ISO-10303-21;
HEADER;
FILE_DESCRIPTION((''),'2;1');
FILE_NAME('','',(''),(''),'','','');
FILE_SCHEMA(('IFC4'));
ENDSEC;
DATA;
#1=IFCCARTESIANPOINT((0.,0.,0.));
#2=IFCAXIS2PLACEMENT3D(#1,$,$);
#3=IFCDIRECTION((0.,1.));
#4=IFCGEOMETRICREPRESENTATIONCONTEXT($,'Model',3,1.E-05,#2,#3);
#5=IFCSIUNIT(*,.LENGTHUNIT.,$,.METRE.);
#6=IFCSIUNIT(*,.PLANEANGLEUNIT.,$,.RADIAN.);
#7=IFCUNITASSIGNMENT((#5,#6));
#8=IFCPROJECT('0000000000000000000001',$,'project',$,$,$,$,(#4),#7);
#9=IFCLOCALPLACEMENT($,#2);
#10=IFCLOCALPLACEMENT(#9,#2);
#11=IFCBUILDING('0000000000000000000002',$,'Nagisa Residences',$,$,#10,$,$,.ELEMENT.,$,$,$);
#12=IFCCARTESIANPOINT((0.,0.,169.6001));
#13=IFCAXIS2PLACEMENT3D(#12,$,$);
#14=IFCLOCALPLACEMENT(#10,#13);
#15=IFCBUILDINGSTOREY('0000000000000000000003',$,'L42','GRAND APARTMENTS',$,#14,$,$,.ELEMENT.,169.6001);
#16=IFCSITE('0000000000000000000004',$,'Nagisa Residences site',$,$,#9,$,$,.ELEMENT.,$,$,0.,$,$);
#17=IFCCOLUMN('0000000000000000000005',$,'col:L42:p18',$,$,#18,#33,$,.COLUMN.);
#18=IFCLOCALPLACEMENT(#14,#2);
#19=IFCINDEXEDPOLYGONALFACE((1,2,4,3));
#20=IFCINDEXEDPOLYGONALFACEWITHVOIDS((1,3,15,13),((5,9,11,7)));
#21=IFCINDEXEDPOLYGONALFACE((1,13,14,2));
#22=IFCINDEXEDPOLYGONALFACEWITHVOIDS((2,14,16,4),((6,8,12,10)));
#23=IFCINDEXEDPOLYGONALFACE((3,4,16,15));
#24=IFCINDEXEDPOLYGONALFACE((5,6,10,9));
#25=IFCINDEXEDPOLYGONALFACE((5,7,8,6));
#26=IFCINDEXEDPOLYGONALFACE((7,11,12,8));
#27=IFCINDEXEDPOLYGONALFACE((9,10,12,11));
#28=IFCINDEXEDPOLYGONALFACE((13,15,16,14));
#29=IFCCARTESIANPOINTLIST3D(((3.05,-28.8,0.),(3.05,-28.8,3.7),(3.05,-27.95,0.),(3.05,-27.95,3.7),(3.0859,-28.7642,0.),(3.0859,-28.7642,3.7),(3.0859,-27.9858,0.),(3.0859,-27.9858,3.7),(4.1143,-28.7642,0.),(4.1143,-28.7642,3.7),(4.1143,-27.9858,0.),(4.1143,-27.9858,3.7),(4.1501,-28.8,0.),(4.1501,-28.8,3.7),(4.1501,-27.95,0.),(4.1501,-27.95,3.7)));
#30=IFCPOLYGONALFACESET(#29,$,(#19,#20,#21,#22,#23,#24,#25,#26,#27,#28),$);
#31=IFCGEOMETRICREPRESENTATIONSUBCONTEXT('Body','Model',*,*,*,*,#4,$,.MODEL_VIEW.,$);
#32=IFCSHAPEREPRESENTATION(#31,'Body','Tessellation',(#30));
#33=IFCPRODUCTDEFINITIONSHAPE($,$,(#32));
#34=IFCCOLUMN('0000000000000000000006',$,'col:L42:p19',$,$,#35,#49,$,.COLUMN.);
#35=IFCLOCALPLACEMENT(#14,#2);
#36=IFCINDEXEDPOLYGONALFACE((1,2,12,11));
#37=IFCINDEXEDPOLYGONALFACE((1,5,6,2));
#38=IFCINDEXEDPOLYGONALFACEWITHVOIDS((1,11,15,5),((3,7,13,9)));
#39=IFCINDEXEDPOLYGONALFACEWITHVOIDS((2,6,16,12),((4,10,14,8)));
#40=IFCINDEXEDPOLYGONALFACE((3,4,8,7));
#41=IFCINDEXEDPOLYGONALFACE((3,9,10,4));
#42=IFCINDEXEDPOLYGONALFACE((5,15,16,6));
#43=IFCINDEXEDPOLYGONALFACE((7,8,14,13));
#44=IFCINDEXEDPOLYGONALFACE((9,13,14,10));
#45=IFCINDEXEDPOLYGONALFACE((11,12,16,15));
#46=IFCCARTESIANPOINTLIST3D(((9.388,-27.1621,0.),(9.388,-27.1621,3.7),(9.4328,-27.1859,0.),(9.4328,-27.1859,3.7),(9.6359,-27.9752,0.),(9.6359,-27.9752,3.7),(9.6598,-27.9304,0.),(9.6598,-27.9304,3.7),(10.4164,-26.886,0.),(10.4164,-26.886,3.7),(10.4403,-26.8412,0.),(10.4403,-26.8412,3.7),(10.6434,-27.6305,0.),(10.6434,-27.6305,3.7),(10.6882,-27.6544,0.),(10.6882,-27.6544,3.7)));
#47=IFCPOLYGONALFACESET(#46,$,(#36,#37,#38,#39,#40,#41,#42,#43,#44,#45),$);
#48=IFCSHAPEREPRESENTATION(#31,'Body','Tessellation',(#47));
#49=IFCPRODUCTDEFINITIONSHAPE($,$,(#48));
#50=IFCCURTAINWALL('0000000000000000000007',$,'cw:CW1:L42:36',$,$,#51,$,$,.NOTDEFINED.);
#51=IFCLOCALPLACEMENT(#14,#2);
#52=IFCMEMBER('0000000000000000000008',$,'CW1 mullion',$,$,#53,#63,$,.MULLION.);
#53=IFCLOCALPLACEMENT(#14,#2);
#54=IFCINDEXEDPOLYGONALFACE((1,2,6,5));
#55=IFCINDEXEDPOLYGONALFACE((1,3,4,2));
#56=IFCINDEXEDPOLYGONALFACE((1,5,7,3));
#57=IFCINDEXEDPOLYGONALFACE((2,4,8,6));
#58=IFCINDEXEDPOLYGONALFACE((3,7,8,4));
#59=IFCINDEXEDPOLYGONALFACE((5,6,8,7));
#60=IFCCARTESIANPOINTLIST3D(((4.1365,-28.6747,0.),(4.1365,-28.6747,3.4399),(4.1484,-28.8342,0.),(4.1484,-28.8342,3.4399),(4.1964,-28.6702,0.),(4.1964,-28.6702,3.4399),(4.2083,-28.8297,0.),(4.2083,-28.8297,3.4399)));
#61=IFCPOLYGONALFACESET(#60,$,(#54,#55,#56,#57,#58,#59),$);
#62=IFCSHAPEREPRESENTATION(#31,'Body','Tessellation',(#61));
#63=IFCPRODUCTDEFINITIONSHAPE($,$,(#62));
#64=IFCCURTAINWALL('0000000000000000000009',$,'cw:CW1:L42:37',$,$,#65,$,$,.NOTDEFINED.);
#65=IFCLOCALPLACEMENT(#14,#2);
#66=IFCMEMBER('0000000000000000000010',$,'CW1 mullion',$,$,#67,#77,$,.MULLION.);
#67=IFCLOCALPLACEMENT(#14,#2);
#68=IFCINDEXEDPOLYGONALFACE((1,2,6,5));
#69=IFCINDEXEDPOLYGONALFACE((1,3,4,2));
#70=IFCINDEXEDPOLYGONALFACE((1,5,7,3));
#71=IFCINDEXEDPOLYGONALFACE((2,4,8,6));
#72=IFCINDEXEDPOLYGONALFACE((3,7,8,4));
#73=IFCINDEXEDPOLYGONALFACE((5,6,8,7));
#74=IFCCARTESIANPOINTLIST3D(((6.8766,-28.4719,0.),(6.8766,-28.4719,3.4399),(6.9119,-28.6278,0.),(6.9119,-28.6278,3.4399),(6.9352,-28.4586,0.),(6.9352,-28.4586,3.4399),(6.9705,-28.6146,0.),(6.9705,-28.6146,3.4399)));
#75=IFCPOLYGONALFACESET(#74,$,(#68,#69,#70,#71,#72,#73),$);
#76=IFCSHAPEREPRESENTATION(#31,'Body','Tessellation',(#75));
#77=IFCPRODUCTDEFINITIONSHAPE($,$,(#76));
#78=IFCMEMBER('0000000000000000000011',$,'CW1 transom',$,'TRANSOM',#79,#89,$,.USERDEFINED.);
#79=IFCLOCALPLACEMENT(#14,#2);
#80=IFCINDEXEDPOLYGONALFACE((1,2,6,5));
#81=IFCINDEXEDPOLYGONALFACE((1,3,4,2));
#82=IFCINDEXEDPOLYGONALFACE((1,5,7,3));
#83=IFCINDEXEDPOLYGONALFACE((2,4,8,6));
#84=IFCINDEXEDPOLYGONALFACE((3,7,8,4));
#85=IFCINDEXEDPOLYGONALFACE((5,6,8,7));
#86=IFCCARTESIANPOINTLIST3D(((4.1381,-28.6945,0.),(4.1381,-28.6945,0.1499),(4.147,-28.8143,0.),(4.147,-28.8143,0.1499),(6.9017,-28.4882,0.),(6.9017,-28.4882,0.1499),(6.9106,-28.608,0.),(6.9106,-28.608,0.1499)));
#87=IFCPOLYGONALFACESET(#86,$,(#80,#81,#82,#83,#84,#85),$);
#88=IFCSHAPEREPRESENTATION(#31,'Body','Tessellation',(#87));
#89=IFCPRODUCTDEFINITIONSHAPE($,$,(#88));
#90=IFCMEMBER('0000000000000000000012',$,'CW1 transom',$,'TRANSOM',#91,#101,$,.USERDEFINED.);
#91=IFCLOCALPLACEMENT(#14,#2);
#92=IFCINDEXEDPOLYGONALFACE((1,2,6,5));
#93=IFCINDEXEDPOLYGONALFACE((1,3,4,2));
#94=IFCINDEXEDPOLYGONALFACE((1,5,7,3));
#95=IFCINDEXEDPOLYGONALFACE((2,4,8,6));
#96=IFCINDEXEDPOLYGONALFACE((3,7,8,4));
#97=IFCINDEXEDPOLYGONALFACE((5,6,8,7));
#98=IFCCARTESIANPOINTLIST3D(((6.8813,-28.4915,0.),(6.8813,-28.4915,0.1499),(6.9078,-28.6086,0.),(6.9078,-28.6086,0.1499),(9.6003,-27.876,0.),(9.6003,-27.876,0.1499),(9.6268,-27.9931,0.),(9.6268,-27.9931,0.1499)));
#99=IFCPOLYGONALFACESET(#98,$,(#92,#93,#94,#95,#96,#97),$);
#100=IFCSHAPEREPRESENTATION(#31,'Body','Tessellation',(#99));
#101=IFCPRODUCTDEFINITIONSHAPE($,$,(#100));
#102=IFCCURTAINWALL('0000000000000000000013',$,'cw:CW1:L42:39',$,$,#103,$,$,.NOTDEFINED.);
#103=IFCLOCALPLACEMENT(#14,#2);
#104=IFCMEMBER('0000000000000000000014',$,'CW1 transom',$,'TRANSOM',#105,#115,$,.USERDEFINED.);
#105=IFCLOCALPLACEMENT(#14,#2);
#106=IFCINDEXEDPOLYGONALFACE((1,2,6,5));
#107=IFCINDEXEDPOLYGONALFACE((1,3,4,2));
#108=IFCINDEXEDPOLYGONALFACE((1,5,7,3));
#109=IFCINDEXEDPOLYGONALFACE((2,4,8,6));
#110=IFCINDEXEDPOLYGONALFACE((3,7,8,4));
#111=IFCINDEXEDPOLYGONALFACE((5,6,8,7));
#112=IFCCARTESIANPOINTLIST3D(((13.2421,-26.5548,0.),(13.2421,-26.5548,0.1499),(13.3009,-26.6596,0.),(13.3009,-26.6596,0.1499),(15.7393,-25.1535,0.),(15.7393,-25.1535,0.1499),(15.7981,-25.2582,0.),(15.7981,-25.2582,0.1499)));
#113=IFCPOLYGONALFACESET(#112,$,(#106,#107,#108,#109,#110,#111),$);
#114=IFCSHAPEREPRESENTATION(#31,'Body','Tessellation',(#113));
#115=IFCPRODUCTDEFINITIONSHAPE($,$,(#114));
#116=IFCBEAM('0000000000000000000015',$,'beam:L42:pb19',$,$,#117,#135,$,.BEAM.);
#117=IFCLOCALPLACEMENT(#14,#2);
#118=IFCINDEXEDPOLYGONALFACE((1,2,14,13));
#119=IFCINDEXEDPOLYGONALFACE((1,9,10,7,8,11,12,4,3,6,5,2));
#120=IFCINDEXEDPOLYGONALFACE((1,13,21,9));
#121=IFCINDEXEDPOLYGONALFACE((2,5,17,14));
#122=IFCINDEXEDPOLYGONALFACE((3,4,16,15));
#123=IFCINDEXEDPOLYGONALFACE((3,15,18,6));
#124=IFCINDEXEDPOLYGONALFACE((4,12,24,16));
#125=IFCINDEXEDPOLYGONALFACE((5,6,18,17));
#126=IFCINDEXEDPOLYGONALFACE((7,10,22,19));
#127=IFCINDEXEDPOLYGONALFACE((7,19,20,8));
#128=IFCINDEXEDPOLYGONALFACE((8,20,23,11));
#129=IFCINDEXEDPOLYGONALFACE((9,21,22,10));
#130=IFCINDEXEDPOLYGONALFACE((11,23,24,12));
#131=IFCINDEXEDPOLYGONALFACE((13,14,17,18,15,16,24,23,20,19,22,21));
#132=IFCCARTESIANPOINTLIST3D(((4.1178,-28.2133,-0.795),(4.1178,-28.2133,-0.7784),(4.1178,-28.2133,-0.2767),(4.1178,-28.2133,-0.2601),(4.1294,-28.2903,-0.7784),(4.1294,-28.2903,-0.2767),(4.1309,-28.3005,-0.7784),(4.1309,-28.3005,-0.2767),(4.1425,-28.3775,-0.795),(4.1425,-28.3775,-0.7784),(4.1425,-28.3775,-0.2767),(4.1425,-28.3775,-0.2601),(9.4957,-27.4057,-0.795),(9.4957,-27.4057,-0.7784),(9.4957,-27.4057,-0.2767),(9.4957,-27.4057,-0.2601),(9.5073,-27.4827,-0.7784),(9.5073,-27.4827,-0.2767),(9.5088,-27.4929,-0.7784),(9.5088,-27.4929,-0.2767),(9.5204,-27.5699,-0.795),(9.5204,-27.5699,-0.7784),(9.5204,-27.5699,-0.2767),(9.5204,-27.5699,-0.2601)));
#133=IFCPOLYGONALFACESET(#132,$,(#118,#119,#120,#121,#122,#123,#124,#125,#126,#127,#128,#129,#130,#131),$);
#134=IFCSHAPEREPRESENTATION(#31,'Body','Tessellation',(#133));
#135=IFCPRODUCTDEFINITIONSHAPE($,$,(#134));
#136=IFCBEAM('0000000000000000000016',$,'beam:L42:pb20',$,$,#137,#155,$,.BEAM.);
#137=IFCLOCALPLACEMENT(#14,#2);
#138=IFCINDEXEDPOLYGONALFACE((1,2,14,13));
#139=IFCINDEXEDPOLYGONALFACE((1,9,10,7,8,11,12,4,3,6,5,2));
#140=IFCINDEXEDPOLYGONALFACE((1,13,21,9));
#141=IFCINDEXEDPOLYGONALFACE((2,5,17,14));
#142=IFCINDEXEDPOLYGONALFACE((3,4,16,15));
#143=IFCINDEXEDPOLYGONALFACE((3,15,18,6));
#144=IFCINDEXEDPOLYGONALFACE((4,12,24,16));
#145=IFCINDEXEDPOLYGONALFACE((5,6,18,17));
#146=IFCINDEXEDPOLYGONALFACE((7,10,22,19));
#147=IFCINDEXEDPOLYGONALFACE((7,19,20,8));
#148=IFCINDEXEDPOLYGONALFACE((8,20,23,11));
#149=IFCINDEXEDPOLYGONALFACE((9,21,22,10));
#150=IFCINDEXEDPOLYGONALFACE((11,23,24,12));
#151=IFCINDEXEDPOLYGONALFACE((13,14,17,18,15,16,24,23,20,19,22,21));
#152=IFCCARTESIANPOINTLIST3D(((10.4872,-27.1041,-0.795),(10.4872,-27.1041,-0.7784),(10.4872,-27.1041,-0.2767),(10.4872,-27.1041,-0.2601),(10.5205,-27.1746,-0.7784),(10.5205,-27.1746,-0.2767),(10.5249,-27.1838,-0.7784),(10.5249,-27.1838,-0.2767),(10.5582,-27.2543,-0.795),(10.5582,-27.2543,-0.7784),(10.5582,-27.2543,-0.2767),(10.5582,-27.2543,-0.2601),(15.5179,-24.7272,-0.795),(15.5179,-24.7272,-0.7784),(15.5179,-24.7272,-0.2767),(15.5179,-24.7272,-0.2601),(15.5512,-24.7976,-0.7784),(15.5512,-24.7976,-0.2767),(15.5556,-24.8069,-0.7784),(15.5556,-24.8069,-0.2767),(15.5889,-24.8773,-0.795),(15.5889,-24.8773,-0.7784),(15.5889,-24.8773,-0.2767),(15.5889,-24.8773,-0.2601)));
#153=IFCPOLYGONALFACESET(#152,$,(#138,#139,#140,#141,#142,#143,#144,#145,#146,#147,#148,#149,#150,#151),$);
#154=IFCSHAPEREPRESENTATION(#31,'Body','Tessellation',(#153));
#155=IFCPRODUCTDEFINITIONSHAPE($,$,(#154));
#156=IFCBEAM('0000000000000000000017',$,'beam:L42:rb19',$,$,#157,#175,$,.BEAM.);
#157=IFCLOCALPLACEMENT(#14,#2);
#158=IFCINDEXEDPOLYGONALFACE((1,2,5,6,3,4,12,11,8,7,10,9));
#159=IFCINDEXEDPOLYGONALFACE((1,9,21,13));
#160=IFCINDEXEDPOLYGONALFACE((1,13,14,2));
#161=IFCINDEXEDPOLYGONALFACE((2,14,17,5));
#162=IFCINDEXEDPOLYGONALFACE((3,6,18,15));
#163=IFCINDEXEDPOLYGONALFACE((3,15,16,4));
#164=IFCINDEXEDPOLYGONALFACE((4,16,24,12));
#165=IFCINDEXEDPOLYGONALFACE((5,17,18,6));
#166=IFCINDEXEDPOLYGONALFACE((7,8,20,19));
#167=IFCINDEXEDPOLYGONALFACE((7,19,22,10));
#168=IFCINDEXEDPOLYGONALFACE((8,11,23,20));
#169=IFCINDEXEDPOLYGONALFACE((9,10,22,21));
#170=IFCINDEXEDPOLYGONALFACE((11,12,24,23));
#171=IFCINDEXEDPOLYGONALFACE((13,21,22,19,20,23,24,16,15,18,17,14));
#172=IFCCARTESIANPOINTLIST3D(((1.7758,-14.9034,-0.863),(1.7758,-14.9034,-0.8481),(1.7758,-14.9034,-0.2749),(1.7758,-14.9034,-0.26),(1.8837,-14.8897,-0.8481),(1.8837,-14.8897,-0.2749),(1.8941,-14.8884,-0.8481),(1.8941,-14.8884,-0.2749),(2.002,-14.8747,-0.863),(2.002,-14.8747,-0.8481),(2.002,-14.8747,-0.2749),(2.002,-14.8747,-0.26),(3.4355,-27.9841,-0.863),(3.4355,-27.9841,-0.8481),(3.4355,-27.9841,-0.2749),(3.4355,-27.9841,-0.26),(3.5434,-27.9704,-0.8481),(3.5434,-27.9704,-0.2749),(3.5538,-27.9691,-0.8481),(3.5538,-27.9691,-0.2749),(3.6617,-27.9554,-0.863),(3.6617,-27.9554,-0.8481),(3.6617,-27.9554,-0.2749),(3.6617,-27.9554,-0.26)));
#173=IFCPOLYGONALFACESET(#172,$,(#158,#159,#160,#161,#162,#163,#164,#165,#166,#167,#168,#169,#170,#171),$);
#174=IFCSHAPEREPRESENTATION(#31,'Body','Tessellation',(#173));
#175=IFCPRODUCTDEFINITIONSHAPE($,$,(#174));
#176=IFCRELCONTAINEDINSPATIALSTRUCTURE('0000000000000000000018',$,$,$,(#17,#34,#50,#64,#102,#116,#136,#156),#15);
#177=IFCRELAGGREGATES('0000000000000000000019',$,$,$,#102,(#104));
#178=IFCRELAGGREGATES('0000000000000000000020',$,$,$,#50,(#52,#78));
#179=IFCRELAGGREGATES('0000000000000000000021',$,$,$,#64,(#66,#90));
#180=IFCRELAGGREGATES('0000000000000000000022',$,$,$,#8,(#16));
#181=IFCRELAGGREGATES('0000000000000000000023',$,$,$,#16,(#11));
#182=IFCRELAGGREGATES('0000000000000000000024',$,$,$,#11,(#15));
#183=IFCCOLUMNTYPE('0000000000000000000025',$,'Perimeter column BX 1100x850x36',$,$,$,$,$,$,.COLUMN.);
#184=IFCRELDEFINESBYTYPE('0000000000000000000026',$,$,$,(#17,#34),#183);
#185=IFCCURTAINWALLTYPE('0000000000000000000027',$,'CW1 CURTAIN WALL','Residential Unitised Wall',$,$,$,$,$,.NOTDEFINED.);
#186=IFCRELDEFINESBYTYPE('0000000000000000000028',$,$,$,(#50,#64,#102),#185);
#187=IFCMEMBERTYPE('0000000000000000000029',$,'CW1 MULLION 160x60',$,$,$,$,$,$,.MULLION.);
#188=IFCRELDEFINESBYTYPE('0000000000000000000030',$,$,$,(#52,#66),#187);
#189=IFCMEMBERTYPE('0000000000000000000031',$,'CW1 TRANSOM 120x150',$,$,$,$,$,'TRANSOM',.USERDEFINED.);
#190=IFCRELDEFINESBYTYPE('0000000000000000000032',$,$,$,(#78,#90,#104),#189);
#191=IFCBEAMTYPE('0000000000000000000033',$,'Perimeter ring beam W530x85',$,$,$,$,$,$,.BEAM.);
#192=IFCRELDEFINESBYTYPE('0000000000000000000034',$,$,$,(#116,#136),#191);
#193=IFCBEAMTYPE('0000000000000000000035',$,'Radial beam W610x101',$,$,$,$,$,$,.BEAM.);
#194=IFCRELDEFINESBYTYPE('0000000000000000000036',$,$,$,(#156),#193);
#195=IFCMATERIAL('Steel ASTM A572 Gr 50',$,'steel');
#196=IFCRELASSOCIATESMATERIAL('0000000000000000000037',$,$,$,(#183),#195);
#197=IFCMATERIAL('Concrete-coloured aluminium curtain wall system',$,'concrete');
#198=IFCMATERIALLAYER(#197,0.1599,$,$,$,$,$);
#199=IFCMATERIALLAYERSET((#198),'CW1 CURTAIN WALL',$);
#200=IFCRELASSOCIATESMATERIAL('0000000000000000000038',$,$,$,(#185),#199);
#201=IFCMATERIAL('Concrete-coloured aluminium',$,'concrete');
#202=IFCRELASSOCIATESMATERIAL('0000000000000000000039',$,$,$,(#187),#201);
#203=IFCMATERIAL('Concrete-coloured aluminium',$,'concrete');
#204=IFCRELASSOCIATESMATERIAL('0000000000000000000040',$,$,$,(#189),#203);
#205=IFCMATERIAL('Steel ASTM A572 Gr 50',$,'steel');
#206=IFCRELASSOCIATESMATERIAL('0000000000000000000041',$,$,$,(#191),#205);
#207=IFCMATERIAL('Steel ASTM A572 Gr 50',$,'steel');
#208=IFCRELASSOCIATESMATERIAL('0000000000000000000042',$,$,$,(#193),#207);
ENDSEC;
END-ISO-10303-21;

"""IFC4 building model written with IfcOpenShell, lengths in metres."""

from ifc_helpers import new_model, si_unit, direction, frame, origin, origin_2d, place, context, subcontext, project, spatial, rectangle, hollow_rectangle, i_section, extrude, material, layer, layer_set, material_profile, profile_set, type_object, element, aggregate, save


model = new_model("IFC4")

# Units and contexts
model_context = context("Model", 3, precision=1e-05, world=origin(), true_north=direction((0.0, 1.0)))
body_context = subcontext(model_context, "Body", "Model", "MODEL_VIEW")
ifc_project = project(units=[si_unit("LENGTHUNIT", "METRE"), si_unit("PLANEANGLEUNIT", "RADIAN")], contexts=[model_context])

# Site, building, storey
site_placement = place(None, origin())
site = spatial("IfcSite", under=ifc_project, at=site_placement, Name="Nagisa Residences site", CompositionType="ELEMENT", RefElevation=0.0)
building_placement = place(site_placement, origin())
building = spatial("IfcBuilding", under=site, at=building_placement, Name="Nagisa Residences", CompositionType="ELEMENT")
storey_placement = place(building_placement, frame((0.0, 0.0, 169.6001)))
storey = spatial("IfcBuildingStorey", under=building, at=storey_placement, Name="L42", Description="GRAND APARTMENTS", CompositionType="ELEMENT", Elevation=169.6001)

# Columns
ifc_material_1 = material(Name="Steel ASTM A572 Gr 50", Category="steel")
ifc_material_profile_1 = material_profile(ifc_material_1, hollow_rectangle(XDim=1.1001, YDim=0.8501, WallThickness=0.0359, at=origin_2d()), Name="BX 1100x850x36")
ifc_profile_set_1 = profile_set([ifc_material_profile_1], Name="Steel ASTM A572 Gr 50")
column_type = type_object("IfcColumnType", Name="Perimeter column BX 1100x850x36", PredefinedType="COLUMN", material=ifc_profile_set_1)
for number, where, z_axis, x_axis, name in (
    (1, (3.6001, -28.375, 0.0), (0.0, 0.0, 1.0), (1.0, 0.0, 0.0), "col:L42:p18"),
    (2, (10.0381, -27.4082, 0.0), (0.0, 0.0, 1.0), (0.956525, 0.291652, 0.0), "col:L42:p19"),
):
    element("IfcColumn", number, at=place(storey_placement, frame(where, z_axis=z_axis, x_axis=x_axis)), inside=storey, type_object=column_type, Name=name, PredefinedType="COLUMN", context=body_context, shape_type="SweptSolid", body=[
        extrude(hollow_rectangle(XDim=1.1001, YDim=0.8501, WallThickness=0.0359, at=origin_2d()), origin(), (0.0, 0.0, 1.0), 3.7),
    ])

# Curtain walls, members
ifc_material_2 = material(Name="Concrete-coloured aluminium curtain wall system", Category="concrete")
ifc_layer_1 = layer(ifc_material_2, 0.1599)
ifc_layer_set_1 = layer_set([ifc_layer_1], Name="CW1 CURTAIN WALL")
curtain_wall_type = type_object("IfcCurtainWallType", Name="CW1 CURTAIN WALL", Description="Residential Unitised Wall", PredefinedType="NOTDEFINED", material=ifc_layer_set_1)
curtain_wall_1_placement = place(storey_placement, origin())
curtain_wall_1 = element("IfcCurtainWall", 3, at=curtain_wall_1_placement, inside=storey, type_object=curtain_wall_type, Name="cw:CW1:L42:36", PredefinedType="NOTDEFINED")
ifc_material_3 = material(Name="Concrete-coloured aluminium", Category="concrete")
ifc_material_profile_2 = material_profile(ifc_material_3, rectangle(XDim=0.1599, YDim=0.0601, at=origin_2d()), Name="CW1 MULLION 160x60")
ifc_profile_set_2 = profile_set([ifc_material_profile_2], Name="Concrete-coloured aluminium")
member_type_1 = type_object("IfcMemberType", Name="CW1 MULLION 160x60", PredefinedType="MULLION", material=ifc_profile_set_2)
member_1_placement = place(storey_placement, frame((4.1724, -28.7522, 0.0), z_axis=(0.0, 0.0, 1.0), x_axis=(-0.074377, 0.99723, 0.0)))
member_1 = element("IfcMember", 4, at=member_1_placement, type_object=member_type_1, Name="CW1 mullion", PredefinedType="MULLION", context=body_context, shape_type="SweptSolid", body=[
    extrude(rectangle(XDim=0.1599, YDim=0.0601, at=origin_2d()), origin(), (0.0, 0.0, 1.0), 3.4399),
])
curtain_wall_2_placement = place(storey_placement, origin())
curtain_wall_2 = element("IfcCurtainWall", 5, at=curtain_wall_2_placement, inside=storey, type_object=curtain_wall_type, Name="cw:CW1:L42:37", PredefinedType="NOTDEFINED")
member_2_placement = place(storey_placement, frame((6.9236, -28.5432, 0.0), z_axis=(0.0, 0.0, 1.0), x_axis=(-0.220764, 0.975327, 0.0)))
member_2 = element("IfcMember", 6, at=member_2_placement, type_object=member_type_1, Name="CW1 mullion", PredefinedType="MULLION", context=body_context, shape_type="SweptSolid", body=[
    extrude(rectangle(XDim=0.1599, YDim=0.0601, at=origin_2d()), origin(), (0.0, 0.0, 1.0), 3.4399),
])

# Members
ifc_material_4 = material(Name="Concrete-coloured aluminium", Category="concrete")
ifc_material_profile_3 = material_profile(ifc_material_4, rectangle(XDim=0.1201, YDim=0.1499, at=origin_2d()), Name="CW1 TRANSOM 120x150")
ifc_profile_set_3 = profile_set([ifc_material_profile_3], Name="Concrete-coloured aluminium")
member_type_2 = type_object("IfcMemberType", Name="CW1 TRANSOM 120x150", ElementType="TRANSOM", PredefinedType="USERDEFINED", material=ifc_profile_set_3)
member_3_placement = place(storey_placement, frame((4.1426, -28.7544, 0.075), z_axis=(0.997226, 0.07444, 0.0), x_axis=(-0.07444, 0.997226, 0.0)))
member_3 = element("IfcMember", 7, at=member_3_placement, type_object=member_type_2, Name="CW1 transom", ObjectType="TRANSOM", PredefinedType="USERDEFINED", context=body_context, shape_type="SweptSolid", body=[
    extrude(rectangle(XDim=0.1201, YDim=0.1499, at=origin_2d()), origin(), (0.0, 0.0, 1.0), 2.7712),
])
member_4_placement = place(storey_placement, frame((6.8945, -28.55, 0.075), z_axis=(0.975324, 0.220777, 0.0), x_axis=(-0.220777, 0.975324, 0.0)))
member_4 = element("IfcMember", 8, at=member_4_placement, type_object=member_type_2, Name="CW1 transom", ObjectType="TRANSOM", PredefinedType="USERDEFINED", context=body_context, shape_type="SweptSolid", body=[
    extrude(rectangle(XDim=0.1201, YDim=0.1499, at=origin_2d()), origin(), (0.0, 0.0, 1.0), 2.7878),
])

# Curtain wall, member
curtain_wall_3_placement = place(storey_placement, origin())
curtain_wall_3 = element("IfcCurtainWall", 9, at=curtain_wall_3_placement, inside=storey, type_object=curtain_wall_type, Name="cw:CW1:L42:39", PredefinedType="NOTDEFINED")
member_5_placement = place(storey_placement, frame((13.2715, -26.6072, 0.075), z_axis=(0.872078, 0.489366, 0.0), x_axis=(-0.489366, 0.872078, 0.0)))
member_5 = element("IfcMember", 10, at=member_5_placement, type_object=member_type_2, Name="CW1 transom", ObjectType="TRANSOM", PredefinedType="USERDEFINED", context=body_context, shape_type="SweptSolid", body=[
    extrude(rectangle(XDim=0.1201, YDim=0.1499, at=origin_2d()), origin(), (0.0, 0.0, 1.0), 2.8635),
])
aggregate(curtain_wall_3, [member_5])

# Beams
ifc_material_5 = material(Name="Steel ASTM A572 Gr 50", Category="steel")
ifc_material_profile_4 = material_profile(ifc_material_5, i_section(OverallWidth=0.166, OverallDepth=0.5349, WebThickness=0.0103, FlangeThickness=0.0166, at=origin_2d()), Name="W530x85")
ifc_profile_set_4 = profile_set([ifc_material_profile_4], Name="Steel ASTM A572 Gr 50")
beam_type_1 = type_object("IfcBeamType", Name="Perimeter ring beam W530x85", PredefinedType="BEAM", material=ifc_profile_set_4)
beam_1_placement = place(storey_placement, frame((4.1301, -28.2954, -0.5276), z_axis=(0.988911, 0.148507, 0.0), x_axis=(-0.148507, 0.988911, 0.0)))
element("IfcBeam", 11, at=beam_1_placement, inside=storey, type_object=beam_type_1, Name="beam:L42:pb19", PredefinedType="BEAM", context=body_context, shape_type="SweptSolid", body=[
    extrude(i_section(OverallWidth=0.166, OverallDepth=0.5349, WebThickness=0.0103, FlangeThickness=0.0166, at=origin_2d()), origin(), (0.0, 0.0, 1.0), 5.4382),
])
beam_2_placement = place(storey_placement, frame((10.5227, -27.1792, -0.5276), z_axis=(0.904157, 0.4272, 0.0), x_axis=(-0.4272, 0.904157, 0.0)))
element("IfcBeam", 12, at=beam_2_placement, inside=storey, type_object=beam_type_1, Name="beam:L42:pb20", PredefinedType="BEAM", context=body_context, shape_type="SweptSolid", body=[
    extrude(i_section(OverallWidth=0.166, OverallDepth=0.5349, WebThickness=0.0103, FlangeThickness=0.0166, at=origin_2d()), origin(), (0.0, 0.0, 1.0), 5.564),
])
ifc_material_6 = material(Name="Steel ASTM A572 Gr 50", Category="steel")
ifc_material_profile_5 = material_profile(ifc_material_6, i_section(OverallWidth=0.228, OverallDepth=0.603, WebThickness=0.0105, FlangeThickness=0.0149, at=origin_2d()), Name="W610x101")
ifc_profile_set_5 = profile_set([ifc_material_profile_5], Name="Steel ASTM A572 Gr 50")
beam_type_2 = type_object("IfcBeamType", Name="Radial beam W610x101", PredefinedType="BEAM", material=ifc_profile_set_5)
beam_3_placement = place(storey_placement, frame((3.5486, -27.9697, -0.5615), z_axis=(-0.125871, 0.992047, 0.0), x_axis=(-0.992047, -0.125871, 0.0)))
element("IfcBeam", 13, at=beam_3_placement, inside=storey, type_object=beam_type_2, Name="beam:L42:rb19", PredefinedType="BEAM", context=body_context, shape_type="SweptSolid", body=[
    extrude(i_section(OverallWidth=0.228, OverallDepth=0.603, WebThickness=0.0105, FlangeThickness=0.0149, at=origin_2d()), origin(), (0.0, 0.0, 1.0), 13.1855),
])

aggregate(curtain_wall_1, [member_1, member_3])
aggregate(curtain_wall_2, [member_2, member_4])

save(model, "model.ifc")
